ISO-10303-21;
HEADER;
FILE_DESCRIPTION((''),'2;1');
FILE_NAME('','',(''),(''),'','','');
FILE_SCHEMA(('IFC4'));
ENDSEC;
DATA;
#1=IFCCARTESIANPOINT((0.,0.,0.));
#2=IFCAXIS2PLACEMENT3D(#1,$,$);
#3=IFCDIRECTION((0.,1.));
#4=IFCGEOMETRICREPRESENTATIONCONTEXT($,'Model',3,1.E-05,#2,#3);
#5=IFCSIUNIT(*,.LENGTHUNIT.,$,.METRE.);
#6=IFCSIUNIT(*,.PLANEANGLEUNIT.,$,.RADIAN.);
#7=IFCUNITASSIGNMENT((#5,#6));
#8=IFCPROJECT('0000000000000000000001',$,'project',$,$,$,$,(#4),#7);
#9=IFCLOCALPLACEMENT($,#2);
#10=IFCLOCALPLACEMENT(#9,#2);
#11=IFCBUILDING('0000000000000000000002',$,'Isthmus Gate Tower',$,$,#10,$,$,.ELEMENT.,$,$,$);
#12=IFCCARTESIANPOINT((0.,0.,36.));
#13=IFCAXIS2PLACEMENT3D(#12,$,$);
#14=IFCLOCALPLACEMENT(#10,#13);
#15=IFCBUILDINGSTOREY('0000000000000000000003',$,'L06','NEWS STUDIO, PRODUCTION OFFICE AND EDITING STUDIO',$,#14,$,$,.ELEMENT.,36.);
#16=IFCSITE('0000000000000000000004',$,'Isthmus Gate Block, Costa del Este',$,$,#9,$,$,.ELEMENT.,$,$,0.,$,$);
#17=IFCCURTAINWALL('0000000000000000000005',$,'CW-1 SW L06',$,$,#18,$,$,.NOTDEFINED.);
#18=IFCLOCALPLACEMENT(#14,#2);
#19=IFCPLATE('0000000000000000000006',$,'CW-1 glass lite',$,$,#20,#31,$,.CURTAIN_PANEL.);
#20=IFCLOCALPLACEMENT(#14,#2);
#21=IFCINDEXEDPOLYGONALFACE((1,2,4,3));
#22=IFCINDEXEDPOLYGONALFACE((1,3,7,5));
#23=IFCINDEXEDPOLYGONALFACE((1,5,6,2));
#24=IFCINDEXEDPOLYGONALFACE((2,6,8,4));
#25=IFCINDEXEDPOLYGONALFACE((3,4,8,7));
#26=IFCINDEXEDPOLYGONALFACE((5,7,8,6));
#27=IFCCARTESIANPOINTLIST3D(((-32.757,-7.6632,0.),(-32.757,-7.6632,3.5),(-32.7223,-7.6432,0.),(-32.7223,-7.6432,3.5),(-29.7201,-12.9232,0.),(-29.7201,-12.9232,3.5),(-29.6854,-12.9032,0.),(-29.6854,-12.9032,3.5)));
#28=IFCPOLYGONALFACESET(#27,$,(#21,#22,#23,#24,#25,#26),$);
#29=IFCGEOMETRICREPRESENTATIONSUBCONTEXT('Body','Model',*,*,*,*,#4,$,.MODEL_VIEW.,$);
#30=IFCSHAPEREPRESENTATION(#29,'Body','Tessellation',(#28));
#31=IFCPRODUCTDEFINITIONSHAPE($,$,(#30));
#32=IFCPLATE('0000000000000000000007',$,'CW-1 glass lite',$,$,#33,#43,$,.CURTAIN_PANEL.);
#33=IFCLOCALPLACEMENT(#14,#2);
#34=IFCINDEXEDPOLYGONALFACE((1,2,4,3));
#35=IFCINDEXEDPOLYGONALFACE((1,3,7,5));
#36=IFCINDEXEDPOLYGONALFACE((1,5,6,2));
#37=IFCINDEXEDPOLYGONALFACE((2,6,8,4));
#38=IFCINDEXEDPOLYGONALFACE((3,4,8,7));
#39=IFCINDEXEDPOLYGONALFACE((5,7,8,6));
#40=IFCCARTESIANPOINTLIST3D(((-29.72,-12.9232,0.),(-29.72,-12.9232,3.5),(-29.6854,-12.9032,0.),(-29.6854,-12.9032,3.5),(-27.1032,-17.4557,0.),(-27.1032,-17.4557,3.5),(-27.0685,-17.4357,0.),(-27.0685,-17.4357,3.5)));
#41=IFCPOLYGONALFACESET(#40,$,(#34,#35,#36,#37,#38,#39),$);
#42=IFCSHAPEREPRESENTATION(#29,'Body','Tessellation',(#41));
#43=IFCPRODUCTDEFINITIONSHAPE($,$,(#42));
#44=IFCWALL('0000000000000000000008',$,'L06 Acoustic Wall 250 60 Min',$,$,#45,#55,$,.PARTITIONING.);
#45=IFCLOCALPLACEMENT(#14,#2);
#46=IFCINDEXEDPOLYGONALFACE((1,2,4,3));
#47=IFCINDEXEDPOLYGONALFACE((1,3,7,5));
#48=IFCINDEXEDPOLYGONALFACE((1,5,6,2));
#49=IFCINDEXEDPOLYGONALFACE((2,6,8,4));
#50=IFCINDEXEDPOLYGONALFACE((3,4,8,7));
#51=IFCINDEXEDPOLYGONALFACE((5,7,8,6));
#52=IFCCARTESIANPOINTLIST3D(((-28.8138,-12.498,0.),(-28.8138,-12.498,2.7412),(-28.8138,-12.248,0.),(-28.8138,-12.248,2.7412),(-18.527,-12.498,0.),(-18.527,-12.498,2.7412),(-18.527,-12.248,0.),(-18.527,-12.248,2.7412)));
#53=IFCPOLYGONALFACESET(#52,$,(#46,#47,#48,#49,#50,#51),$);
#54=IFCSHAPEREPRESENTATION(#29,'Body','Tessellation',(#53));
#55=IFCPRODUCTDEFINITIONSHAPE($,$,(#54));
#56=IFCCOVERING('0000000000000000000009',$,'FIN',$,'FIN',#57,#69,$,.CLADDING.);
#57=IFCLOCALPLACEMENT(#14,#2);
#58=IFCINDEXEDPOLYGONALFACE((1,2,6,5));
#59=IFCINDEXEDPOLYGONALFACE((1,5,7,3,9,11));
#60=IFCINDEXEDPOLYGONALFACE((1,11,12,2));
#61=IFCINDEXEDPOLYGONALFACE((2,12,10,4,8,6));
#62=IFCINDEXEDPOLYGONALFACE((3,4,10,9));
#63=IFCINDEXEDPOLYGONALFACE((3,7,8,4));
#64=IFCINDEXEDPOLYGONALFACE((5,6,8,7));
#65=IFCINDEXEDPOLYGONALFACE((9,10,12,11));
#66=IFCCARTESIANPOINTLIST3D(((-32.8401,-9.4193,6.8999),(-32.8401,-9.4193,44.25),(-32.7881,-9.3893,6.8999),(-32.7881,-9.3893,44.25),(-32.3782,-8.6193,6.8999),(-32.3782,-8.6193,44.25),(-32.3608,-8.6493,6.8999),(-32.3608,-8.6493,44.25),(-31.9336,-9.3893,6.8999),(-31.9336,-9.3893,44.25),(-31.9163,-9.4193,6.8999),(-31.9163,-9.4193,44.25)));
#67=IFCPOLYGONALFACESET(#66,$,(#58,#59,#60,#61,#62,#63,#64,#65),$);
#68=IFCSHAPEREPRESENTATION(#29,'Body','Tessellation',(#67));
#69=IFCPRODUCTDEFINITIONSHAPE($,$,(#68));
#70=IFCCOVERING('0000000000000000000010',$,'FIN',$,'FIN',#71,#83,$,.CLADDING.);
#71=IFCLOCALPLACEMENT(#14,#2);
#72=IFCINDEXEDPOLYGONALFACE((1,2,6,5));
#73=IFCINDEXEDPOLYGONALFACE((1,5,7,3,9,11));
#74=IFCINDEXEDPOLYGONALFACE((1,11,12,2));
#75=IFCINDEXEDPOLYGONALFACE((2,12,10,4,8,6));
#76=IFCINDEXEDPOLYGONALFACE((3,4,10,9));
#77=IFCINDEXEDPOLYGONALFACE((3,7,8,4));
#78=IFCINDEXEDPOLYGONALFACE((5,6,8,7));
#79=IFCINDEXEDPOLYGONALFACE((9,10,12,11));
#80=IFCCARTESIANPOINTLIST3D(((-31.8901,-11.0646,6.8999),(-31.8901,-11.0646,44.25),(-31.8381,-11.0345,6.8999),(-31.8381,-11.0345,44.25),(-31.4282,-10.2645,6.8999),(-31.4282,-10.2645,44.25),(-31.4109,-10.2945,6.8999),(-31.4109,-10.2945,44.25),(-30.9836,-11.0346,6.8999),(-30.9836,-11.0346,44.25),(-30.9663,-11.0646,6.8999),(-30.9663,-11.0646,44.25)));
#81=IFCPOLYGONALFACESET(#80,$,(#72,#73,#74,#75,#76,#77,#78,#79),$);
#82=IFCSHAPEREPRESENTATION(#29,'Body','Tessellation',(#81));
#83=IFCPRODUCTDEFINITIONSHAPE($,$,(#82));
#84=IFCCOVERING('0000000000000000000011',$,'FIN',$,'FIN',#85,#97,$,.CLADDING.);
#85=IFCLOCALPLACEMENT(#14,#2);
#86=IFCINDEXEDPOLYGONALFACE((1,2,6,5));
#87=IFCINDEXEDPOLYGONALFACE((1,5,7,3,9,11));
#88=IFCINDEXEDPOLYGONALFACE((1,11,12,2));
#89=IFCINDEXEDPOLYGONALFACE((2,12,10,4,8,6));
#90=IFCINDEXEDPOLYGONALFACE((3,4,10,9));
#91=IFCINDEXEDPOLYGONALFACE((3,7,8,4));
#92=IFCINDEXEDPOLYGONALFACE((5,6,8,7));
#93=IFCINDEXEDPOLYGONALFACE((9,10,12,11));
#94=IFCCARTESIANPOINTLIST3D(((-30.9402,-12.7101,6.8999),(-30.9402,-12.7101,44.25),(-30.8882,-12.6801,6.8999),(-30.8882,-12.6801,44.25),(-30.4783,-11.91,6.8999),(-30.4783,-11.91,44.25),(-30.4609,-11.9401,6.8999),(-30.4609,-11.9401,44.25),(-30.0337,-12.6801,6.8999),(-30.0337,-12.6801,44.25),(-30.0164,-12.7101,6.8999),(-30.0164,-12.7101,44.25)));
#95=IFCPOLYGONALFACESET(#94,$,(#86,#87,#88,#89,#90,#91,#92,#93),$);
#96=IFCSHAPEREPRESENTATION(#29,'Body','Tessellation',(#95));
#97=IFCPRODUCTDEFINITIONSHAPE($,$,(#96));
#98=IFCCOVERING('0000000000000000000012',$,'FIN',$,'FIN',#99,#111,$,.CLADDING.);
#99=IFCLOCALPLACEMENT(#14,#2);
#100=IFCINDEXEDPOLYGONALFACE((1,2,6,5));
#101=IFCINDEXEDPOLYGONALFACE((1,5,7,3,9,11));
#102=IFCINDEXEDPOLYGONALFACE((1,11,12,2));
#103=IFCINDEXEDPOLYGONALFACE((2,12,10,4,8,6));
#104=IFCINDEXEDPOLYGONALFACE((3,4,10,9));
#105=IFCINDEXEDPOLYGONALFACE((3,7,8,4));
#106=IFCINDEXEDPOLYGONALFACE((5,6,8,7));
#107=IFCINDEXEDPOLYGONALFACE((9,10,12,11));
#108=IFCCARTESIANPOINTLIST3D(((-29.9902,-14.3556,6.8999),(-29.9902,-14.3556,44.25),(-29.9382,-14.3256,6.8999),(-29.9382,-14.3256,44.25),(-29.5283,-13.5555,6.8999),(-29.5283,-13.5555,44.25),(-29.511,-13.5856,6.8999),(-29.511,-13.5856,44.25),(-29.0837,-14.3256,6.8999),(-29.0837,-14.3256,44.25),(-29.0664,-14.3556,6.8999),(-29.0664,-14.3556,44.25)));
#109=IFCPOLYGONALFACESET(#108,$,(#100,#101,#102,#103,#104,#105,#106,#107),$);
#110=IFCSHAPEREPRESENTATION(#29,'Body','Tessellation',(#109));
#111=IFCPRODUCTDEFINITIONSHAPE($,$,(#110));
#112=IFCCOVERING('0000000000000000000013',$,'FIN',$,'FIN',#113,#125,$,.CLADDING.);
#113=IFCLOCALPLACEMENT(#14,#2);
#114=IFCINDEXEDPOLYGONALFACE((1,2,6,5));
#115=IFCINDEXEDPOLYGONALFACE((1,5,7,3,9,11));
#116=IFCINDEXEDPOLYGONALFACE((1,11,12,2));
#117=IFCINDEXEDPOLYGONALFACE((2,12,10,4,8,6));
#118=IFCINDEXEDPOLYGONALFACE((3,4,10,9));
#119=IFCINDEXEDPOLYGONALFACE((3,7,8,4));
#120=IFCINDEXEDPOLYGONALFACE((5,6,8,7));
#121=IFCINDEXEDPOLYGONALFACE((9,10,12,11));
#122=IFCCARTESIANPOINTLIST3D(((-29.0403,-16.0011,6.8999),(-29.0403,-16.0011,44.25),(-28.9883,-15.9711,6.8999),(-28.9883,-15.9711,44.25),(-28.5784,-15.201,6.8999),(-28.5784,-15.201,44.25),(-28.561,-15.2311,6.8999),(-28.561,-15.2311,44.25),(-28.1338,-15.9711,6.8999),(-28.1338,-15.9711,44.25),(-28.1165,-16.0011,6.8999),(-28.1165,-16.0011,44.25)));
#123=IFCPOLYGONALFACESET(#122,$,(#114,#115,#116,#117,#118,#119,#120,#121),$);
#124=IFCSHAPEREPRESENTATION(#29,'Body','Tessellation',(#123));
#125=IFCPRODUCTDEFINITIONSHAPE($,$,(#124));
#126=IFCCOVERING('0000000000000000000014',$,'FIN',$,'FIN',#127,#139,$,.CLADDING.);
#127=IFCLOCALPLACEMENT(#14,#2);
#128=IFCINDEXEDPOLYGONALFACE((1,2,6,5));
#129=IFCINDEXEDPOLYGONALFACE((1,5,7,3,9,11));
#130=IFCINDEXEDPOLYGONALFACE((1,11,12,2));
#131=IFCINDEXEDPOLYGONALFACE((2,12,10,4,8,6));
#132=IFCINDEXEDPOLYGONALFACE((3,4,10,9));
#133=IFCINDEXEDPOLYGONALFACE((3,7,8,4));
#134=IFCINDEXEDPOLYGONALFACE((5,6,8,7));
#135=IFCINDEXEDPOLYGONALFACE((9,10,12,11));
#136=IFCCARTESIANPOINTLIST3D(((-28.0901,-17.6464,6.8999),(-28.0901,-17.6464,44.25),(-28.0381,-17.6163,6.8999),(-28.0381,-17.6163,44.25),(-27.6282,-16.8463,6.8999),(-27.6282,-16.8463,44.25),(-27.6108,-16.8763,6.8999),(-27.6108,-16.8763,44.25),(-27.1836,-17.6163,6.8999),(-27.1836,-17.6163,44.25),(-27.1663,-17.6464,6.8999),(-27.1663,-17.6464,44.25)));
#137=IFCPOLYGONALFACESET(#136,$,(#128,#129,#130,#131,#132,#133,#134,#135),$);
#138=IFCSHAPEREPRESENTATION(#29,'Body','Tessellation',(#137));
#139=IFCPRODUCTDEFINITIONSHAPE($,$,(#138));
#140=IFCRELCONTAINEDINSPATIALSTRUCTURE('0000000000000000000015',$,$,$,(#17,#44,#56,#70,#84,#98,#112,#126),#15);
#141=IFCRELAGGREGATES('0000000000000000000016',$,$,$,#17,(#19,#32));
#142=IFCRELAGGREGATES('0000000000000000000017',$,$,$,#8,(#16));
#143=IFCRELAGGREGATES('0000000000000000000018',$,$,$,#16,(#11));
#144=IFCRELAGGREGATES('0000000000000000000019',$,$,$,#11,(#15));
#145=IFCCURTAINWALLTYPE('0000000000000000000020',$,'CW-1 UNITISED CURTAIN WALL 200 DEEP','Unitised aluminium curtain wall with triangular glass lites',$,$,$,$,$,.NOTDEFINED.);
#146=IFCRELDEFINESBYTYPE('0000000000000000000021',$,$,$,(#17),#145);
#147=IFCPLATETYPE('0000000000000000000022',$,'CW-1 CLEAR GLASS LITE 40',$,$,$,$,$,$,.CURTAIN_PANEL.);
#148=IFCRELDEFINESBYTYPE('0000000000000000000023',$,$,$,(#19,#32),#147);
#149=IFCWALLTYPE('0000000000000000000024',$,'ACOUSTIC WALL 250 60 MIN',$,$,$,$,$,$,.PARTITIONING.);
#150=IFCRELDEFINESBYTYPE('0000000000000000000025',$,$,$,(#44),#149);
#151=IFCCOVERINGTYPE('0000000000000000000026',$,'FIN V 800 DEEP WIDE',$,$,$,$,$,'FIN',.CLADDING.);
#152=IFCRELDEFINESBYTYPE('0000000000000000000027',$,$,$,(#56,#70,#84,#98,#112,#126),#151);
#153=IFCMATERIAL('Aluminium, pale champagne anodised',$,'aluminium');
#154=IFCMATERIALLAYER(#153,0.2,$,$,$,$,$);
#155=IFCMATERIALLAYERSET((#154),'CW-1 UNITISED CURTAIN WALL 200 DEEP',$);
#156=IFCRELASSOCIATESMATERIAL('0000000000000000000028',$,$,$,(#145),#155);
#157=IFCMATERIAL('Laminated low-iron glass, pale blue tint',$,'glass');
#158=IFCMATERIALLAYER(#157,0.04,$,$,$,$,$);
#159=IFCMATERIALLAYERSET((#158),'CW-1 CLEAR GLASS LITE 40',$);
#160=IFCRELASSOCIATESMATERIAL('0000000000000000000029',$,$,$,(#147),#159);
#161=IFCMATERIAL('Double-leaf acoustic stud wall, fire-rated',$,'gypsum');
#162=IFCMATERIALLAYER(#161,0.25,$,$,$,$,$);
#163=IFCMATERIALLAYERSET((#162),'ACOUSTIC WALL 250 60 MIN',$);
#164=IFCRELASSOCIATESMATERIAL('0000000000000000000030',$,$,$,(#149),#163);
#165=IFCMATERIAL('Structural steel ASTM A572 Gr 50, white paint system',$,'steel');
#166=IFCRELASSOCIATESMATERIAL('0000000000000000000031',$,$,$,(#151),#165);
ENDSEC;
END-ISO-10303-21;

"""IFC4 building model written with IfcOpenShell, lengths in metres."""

from ifc_helpers import new_model, si_unit, direction, frame, frame_2d, origin, origin_2d, place, context, subcontext, project, spatial, polyline, rectangle, outline, extrude, material, layer, layer_set, material_profile, profile_set, type_object, element, aggregate, save


model = new_model("IFC4")

# Units and contexts
model_context = context("Model", 3, precision=1e-05, world=origin(), true_north=direction((0.0, 1.0)))
body_context = subcontext(model_context, "Body", "Model", "MODEL_VIEW")
ifc_project = project(units=[si_unit("LENGTHUNIT", "METRE"), si_unit("PLANEANGLEUNIT", "RADIAN")], contexts=[model_context])

# Site, building, storey
site_placement = place(None, origin())
site = spatial("IfcSite", under=ifc_project, at=site_placement, Name="Isthmus Gate Block, Costa del Este", CompositionType="ELEMENT", RefElevation=0.0)
building_placement = place(site_placement, origin())
building = spatial("IfcBuilding", under=site, at=building_placement, Name="Isthmus Gate Tower", CompositionType="ELEMENT")
storey_placement = place(building_placement, frame((0.0, 0.0, 36.0)))
storey = spatial("IfcBuildingStorey", under=building, at=storey_placement, Name="L06", Description="NEWS STUDIO, PRODUCTION OFFICE AND EDITING STUDIO", CompositionType="ELEMENT", Elevation=36.0)

# Curtain wall
ifc_material_1 = material(Name="Aluminium, pale champagne anodised", Category="aluminium")
ifc_layer_1 = layer(ifc_material_1, 0.2)
ifc_layer_set_1 = layer_set([ifc_layer_1], Name="CW-1 UNITISED CURTAIN WALL 200 DEEP")
curtain_wall_type = type_object("IfcCurtainWallType", Name="CW-1 UNITISED CURTAIN WALL 200 DEEP", Description="Unitised aluminium curtain wall with triangular glass lites", PredefinedType="NOTDEFINED", material=ifc_layer_set_1)
curtain_wall_placement = place(storey_placement, origin())
curtain_wall = element("IfcCurtainWall", 1, at=curtain_wall_placement, inside=storey, type_object=curtain_wall_type, Name="CW-1 SW L06", PredefinedType="NOTDEFINED")

# Plates
ifc_material_2 = material(Name="Laminated low-iron glass, pale blue tint", Category="glass")
ifc_layer_2 = layer(ifc_material_2, 0.04)
ifc_layer_set_2 = layer_set([ifc_layer_2], Name="CW-1 CLEAR GLASS LITE 40")
plate_type = type_object("IfcPlateType", Name="CW-1 CLEAR GLASS LITE 40", PredefinedType="CURTAIN_PANEL", material=ifc_layer_set_2)
plate_1_placement = place(storey_placement, frame((-31.2212, -10.2832, 0.0), z_axis=(0.0, 0.0, 1.0), x_axis=(0.5, -0.866025, 0.0)))
plate_1 = element("IfcPlate", 2, at=plate_1_placement, type_object=plate_type, Name="CW-1 glass lite", PredefinedType="CURTAIN_PANEL", context=body_context, shape_type="SweptSolid", body=[
    extrude(rectangle(XDim=6.0737, YDim=0.04, at=origin_2d()), origin(), (0.0, 0.0, 1.0), 3.5),
])
plate_2_placement = place(storey_placement, frame((-28.3943, -15.1794, 0.0), z_axis=(0.0, 0.0, 1.0), x_axis=(0.5, -0.866025, 0.0)))
plate_2 = element("IfcPlate", 3, at=plate_2_placement, type_object=plate_type, Name="CW-1 glass lite", PredefinedType="CURTAIN_PANEL", context=body_context, shape_type="SweptSolid", body=[
    extrude(rectangle(XDim=5.2336, YDim=0.04, at=origin_2d()), origin(), (0.0, 0.0, 1.0), 3.5),
])
aggregate(curtain_wall, [plate_1, plate_2])

# Wall
ifc_material_3 = material(Name="Double-leaf acoustic stud wall, fire-rated", Category="gypsum")
ifc_layer_3 = layer(ifc_material_3, 0.25)
ifc_layer_set_3 = layer_set([ifc_layer_3], Name="ACOUSTIC WALL 250 60 MIN")
wall_type = type_object("IfcWallType", Name="ACOUSTIC WALL 250 60 MIN", PredefinedType="PARTITIONING", material=ifc_layer_set_3)
wall_placement = place(storey_placement, frame((-28.814, -12.373, 0.0), z_axis=(0.0, 0.0, 1.0), x_axis=(1.0, 0.0, 0.0)))
element("IfcWall", 4, at=wall_placement, inside=storey, type_object=wall_type, Name="L06 Acoustic Wall 250 60 Min", PredefinedType="PARTITIONING", context=body_context, shape_type="SweptSolid", body=[
    extrude(rectangle(XDim=10.2869, YDim=0.25, at=frame_2d((5.1436, 0.0))), origin(), (0.0, 0.0, 1.0), 2.7412),
])

# Coverings
ifc_material_4 = material(Name="Structural steel ASTM A572 Gr 50, white paint system", Category="steel")
ifc_material_profile_1 = material_profile(ifc_material_4, outline(polyline([(0.0, -0.4619), (0.8, 0.0), (0.0, 0.4619), (0.0, 0.4272), (0.74, 0.0), (0.0, -0.4272), (0.0, -0.4619)])), Name="V800W")
ifc_profile_set_1 = profile_set([ifc_material_profile_1], Name="Structural steel ASTM A572 Gr 50, white paint system")
covering_type = type_object("IfcCoveringType", Name="FIN V 800 DEEP WIDE", ElementType="FIN", PredefinedType="CLADDING", material=ifc_profile_set_1)
for number, where, z_axis, x_axis, name in (
    (5, (-32.1472, -9.0193, 6.8999), (0.0, 0.0, 1.0), (-0.866025, -0.5, 0.0), "FIN"),
    (6, (-31.1973, -10.6646, 6.8999), (0.0, 0.0, 1.0), (-0.866025, -0.5, 0.0), "FIN"),
    (7, (-30.2473, -12.3101, 6.8999), (0.0, 0.0, 1.0), (-0.866025, -0.5, 0.0), "FIN"),
    (8, (-29.2974, -13.9556, 6.8999), (0.0, 0.0, 1.0), (-0.866025, -0.5, 0.0), "FIN"),
    (9, (-28.3474, -15.6011, 6.8999), (0.0, 0.0, 1.0), (-0.866025, -0.5, 0.0), "FIN"),
    (10, (-27.3972, -17.2463, 6.8999), (0.0, 0.0, 1.0), (-0.866025, -0.5, 0.0), "FIN"),
):
    element("IfcCovering", number, at=place(storey_placement, frame(where, z_axis=z_axis, x_axis=x_axis)), inside=storey, type_object=covering_type, Name=name, ObjectType="FIN", PredefinedType="CLADDING", context=body_context, shape_type="SweptSolid", body=[
        extrude(outline(polyline([(0.0, -0.4619), (0.8, 0.0), (0.0, 0.4619), (0.0, 0.4272), (0.74, 0.0), (0.0, -0.4272), (0.0, -0.4619)])), origin(), (0.0, 0.0, 1.0), 37.3501),
    ])

save(model, "model.ifc")
